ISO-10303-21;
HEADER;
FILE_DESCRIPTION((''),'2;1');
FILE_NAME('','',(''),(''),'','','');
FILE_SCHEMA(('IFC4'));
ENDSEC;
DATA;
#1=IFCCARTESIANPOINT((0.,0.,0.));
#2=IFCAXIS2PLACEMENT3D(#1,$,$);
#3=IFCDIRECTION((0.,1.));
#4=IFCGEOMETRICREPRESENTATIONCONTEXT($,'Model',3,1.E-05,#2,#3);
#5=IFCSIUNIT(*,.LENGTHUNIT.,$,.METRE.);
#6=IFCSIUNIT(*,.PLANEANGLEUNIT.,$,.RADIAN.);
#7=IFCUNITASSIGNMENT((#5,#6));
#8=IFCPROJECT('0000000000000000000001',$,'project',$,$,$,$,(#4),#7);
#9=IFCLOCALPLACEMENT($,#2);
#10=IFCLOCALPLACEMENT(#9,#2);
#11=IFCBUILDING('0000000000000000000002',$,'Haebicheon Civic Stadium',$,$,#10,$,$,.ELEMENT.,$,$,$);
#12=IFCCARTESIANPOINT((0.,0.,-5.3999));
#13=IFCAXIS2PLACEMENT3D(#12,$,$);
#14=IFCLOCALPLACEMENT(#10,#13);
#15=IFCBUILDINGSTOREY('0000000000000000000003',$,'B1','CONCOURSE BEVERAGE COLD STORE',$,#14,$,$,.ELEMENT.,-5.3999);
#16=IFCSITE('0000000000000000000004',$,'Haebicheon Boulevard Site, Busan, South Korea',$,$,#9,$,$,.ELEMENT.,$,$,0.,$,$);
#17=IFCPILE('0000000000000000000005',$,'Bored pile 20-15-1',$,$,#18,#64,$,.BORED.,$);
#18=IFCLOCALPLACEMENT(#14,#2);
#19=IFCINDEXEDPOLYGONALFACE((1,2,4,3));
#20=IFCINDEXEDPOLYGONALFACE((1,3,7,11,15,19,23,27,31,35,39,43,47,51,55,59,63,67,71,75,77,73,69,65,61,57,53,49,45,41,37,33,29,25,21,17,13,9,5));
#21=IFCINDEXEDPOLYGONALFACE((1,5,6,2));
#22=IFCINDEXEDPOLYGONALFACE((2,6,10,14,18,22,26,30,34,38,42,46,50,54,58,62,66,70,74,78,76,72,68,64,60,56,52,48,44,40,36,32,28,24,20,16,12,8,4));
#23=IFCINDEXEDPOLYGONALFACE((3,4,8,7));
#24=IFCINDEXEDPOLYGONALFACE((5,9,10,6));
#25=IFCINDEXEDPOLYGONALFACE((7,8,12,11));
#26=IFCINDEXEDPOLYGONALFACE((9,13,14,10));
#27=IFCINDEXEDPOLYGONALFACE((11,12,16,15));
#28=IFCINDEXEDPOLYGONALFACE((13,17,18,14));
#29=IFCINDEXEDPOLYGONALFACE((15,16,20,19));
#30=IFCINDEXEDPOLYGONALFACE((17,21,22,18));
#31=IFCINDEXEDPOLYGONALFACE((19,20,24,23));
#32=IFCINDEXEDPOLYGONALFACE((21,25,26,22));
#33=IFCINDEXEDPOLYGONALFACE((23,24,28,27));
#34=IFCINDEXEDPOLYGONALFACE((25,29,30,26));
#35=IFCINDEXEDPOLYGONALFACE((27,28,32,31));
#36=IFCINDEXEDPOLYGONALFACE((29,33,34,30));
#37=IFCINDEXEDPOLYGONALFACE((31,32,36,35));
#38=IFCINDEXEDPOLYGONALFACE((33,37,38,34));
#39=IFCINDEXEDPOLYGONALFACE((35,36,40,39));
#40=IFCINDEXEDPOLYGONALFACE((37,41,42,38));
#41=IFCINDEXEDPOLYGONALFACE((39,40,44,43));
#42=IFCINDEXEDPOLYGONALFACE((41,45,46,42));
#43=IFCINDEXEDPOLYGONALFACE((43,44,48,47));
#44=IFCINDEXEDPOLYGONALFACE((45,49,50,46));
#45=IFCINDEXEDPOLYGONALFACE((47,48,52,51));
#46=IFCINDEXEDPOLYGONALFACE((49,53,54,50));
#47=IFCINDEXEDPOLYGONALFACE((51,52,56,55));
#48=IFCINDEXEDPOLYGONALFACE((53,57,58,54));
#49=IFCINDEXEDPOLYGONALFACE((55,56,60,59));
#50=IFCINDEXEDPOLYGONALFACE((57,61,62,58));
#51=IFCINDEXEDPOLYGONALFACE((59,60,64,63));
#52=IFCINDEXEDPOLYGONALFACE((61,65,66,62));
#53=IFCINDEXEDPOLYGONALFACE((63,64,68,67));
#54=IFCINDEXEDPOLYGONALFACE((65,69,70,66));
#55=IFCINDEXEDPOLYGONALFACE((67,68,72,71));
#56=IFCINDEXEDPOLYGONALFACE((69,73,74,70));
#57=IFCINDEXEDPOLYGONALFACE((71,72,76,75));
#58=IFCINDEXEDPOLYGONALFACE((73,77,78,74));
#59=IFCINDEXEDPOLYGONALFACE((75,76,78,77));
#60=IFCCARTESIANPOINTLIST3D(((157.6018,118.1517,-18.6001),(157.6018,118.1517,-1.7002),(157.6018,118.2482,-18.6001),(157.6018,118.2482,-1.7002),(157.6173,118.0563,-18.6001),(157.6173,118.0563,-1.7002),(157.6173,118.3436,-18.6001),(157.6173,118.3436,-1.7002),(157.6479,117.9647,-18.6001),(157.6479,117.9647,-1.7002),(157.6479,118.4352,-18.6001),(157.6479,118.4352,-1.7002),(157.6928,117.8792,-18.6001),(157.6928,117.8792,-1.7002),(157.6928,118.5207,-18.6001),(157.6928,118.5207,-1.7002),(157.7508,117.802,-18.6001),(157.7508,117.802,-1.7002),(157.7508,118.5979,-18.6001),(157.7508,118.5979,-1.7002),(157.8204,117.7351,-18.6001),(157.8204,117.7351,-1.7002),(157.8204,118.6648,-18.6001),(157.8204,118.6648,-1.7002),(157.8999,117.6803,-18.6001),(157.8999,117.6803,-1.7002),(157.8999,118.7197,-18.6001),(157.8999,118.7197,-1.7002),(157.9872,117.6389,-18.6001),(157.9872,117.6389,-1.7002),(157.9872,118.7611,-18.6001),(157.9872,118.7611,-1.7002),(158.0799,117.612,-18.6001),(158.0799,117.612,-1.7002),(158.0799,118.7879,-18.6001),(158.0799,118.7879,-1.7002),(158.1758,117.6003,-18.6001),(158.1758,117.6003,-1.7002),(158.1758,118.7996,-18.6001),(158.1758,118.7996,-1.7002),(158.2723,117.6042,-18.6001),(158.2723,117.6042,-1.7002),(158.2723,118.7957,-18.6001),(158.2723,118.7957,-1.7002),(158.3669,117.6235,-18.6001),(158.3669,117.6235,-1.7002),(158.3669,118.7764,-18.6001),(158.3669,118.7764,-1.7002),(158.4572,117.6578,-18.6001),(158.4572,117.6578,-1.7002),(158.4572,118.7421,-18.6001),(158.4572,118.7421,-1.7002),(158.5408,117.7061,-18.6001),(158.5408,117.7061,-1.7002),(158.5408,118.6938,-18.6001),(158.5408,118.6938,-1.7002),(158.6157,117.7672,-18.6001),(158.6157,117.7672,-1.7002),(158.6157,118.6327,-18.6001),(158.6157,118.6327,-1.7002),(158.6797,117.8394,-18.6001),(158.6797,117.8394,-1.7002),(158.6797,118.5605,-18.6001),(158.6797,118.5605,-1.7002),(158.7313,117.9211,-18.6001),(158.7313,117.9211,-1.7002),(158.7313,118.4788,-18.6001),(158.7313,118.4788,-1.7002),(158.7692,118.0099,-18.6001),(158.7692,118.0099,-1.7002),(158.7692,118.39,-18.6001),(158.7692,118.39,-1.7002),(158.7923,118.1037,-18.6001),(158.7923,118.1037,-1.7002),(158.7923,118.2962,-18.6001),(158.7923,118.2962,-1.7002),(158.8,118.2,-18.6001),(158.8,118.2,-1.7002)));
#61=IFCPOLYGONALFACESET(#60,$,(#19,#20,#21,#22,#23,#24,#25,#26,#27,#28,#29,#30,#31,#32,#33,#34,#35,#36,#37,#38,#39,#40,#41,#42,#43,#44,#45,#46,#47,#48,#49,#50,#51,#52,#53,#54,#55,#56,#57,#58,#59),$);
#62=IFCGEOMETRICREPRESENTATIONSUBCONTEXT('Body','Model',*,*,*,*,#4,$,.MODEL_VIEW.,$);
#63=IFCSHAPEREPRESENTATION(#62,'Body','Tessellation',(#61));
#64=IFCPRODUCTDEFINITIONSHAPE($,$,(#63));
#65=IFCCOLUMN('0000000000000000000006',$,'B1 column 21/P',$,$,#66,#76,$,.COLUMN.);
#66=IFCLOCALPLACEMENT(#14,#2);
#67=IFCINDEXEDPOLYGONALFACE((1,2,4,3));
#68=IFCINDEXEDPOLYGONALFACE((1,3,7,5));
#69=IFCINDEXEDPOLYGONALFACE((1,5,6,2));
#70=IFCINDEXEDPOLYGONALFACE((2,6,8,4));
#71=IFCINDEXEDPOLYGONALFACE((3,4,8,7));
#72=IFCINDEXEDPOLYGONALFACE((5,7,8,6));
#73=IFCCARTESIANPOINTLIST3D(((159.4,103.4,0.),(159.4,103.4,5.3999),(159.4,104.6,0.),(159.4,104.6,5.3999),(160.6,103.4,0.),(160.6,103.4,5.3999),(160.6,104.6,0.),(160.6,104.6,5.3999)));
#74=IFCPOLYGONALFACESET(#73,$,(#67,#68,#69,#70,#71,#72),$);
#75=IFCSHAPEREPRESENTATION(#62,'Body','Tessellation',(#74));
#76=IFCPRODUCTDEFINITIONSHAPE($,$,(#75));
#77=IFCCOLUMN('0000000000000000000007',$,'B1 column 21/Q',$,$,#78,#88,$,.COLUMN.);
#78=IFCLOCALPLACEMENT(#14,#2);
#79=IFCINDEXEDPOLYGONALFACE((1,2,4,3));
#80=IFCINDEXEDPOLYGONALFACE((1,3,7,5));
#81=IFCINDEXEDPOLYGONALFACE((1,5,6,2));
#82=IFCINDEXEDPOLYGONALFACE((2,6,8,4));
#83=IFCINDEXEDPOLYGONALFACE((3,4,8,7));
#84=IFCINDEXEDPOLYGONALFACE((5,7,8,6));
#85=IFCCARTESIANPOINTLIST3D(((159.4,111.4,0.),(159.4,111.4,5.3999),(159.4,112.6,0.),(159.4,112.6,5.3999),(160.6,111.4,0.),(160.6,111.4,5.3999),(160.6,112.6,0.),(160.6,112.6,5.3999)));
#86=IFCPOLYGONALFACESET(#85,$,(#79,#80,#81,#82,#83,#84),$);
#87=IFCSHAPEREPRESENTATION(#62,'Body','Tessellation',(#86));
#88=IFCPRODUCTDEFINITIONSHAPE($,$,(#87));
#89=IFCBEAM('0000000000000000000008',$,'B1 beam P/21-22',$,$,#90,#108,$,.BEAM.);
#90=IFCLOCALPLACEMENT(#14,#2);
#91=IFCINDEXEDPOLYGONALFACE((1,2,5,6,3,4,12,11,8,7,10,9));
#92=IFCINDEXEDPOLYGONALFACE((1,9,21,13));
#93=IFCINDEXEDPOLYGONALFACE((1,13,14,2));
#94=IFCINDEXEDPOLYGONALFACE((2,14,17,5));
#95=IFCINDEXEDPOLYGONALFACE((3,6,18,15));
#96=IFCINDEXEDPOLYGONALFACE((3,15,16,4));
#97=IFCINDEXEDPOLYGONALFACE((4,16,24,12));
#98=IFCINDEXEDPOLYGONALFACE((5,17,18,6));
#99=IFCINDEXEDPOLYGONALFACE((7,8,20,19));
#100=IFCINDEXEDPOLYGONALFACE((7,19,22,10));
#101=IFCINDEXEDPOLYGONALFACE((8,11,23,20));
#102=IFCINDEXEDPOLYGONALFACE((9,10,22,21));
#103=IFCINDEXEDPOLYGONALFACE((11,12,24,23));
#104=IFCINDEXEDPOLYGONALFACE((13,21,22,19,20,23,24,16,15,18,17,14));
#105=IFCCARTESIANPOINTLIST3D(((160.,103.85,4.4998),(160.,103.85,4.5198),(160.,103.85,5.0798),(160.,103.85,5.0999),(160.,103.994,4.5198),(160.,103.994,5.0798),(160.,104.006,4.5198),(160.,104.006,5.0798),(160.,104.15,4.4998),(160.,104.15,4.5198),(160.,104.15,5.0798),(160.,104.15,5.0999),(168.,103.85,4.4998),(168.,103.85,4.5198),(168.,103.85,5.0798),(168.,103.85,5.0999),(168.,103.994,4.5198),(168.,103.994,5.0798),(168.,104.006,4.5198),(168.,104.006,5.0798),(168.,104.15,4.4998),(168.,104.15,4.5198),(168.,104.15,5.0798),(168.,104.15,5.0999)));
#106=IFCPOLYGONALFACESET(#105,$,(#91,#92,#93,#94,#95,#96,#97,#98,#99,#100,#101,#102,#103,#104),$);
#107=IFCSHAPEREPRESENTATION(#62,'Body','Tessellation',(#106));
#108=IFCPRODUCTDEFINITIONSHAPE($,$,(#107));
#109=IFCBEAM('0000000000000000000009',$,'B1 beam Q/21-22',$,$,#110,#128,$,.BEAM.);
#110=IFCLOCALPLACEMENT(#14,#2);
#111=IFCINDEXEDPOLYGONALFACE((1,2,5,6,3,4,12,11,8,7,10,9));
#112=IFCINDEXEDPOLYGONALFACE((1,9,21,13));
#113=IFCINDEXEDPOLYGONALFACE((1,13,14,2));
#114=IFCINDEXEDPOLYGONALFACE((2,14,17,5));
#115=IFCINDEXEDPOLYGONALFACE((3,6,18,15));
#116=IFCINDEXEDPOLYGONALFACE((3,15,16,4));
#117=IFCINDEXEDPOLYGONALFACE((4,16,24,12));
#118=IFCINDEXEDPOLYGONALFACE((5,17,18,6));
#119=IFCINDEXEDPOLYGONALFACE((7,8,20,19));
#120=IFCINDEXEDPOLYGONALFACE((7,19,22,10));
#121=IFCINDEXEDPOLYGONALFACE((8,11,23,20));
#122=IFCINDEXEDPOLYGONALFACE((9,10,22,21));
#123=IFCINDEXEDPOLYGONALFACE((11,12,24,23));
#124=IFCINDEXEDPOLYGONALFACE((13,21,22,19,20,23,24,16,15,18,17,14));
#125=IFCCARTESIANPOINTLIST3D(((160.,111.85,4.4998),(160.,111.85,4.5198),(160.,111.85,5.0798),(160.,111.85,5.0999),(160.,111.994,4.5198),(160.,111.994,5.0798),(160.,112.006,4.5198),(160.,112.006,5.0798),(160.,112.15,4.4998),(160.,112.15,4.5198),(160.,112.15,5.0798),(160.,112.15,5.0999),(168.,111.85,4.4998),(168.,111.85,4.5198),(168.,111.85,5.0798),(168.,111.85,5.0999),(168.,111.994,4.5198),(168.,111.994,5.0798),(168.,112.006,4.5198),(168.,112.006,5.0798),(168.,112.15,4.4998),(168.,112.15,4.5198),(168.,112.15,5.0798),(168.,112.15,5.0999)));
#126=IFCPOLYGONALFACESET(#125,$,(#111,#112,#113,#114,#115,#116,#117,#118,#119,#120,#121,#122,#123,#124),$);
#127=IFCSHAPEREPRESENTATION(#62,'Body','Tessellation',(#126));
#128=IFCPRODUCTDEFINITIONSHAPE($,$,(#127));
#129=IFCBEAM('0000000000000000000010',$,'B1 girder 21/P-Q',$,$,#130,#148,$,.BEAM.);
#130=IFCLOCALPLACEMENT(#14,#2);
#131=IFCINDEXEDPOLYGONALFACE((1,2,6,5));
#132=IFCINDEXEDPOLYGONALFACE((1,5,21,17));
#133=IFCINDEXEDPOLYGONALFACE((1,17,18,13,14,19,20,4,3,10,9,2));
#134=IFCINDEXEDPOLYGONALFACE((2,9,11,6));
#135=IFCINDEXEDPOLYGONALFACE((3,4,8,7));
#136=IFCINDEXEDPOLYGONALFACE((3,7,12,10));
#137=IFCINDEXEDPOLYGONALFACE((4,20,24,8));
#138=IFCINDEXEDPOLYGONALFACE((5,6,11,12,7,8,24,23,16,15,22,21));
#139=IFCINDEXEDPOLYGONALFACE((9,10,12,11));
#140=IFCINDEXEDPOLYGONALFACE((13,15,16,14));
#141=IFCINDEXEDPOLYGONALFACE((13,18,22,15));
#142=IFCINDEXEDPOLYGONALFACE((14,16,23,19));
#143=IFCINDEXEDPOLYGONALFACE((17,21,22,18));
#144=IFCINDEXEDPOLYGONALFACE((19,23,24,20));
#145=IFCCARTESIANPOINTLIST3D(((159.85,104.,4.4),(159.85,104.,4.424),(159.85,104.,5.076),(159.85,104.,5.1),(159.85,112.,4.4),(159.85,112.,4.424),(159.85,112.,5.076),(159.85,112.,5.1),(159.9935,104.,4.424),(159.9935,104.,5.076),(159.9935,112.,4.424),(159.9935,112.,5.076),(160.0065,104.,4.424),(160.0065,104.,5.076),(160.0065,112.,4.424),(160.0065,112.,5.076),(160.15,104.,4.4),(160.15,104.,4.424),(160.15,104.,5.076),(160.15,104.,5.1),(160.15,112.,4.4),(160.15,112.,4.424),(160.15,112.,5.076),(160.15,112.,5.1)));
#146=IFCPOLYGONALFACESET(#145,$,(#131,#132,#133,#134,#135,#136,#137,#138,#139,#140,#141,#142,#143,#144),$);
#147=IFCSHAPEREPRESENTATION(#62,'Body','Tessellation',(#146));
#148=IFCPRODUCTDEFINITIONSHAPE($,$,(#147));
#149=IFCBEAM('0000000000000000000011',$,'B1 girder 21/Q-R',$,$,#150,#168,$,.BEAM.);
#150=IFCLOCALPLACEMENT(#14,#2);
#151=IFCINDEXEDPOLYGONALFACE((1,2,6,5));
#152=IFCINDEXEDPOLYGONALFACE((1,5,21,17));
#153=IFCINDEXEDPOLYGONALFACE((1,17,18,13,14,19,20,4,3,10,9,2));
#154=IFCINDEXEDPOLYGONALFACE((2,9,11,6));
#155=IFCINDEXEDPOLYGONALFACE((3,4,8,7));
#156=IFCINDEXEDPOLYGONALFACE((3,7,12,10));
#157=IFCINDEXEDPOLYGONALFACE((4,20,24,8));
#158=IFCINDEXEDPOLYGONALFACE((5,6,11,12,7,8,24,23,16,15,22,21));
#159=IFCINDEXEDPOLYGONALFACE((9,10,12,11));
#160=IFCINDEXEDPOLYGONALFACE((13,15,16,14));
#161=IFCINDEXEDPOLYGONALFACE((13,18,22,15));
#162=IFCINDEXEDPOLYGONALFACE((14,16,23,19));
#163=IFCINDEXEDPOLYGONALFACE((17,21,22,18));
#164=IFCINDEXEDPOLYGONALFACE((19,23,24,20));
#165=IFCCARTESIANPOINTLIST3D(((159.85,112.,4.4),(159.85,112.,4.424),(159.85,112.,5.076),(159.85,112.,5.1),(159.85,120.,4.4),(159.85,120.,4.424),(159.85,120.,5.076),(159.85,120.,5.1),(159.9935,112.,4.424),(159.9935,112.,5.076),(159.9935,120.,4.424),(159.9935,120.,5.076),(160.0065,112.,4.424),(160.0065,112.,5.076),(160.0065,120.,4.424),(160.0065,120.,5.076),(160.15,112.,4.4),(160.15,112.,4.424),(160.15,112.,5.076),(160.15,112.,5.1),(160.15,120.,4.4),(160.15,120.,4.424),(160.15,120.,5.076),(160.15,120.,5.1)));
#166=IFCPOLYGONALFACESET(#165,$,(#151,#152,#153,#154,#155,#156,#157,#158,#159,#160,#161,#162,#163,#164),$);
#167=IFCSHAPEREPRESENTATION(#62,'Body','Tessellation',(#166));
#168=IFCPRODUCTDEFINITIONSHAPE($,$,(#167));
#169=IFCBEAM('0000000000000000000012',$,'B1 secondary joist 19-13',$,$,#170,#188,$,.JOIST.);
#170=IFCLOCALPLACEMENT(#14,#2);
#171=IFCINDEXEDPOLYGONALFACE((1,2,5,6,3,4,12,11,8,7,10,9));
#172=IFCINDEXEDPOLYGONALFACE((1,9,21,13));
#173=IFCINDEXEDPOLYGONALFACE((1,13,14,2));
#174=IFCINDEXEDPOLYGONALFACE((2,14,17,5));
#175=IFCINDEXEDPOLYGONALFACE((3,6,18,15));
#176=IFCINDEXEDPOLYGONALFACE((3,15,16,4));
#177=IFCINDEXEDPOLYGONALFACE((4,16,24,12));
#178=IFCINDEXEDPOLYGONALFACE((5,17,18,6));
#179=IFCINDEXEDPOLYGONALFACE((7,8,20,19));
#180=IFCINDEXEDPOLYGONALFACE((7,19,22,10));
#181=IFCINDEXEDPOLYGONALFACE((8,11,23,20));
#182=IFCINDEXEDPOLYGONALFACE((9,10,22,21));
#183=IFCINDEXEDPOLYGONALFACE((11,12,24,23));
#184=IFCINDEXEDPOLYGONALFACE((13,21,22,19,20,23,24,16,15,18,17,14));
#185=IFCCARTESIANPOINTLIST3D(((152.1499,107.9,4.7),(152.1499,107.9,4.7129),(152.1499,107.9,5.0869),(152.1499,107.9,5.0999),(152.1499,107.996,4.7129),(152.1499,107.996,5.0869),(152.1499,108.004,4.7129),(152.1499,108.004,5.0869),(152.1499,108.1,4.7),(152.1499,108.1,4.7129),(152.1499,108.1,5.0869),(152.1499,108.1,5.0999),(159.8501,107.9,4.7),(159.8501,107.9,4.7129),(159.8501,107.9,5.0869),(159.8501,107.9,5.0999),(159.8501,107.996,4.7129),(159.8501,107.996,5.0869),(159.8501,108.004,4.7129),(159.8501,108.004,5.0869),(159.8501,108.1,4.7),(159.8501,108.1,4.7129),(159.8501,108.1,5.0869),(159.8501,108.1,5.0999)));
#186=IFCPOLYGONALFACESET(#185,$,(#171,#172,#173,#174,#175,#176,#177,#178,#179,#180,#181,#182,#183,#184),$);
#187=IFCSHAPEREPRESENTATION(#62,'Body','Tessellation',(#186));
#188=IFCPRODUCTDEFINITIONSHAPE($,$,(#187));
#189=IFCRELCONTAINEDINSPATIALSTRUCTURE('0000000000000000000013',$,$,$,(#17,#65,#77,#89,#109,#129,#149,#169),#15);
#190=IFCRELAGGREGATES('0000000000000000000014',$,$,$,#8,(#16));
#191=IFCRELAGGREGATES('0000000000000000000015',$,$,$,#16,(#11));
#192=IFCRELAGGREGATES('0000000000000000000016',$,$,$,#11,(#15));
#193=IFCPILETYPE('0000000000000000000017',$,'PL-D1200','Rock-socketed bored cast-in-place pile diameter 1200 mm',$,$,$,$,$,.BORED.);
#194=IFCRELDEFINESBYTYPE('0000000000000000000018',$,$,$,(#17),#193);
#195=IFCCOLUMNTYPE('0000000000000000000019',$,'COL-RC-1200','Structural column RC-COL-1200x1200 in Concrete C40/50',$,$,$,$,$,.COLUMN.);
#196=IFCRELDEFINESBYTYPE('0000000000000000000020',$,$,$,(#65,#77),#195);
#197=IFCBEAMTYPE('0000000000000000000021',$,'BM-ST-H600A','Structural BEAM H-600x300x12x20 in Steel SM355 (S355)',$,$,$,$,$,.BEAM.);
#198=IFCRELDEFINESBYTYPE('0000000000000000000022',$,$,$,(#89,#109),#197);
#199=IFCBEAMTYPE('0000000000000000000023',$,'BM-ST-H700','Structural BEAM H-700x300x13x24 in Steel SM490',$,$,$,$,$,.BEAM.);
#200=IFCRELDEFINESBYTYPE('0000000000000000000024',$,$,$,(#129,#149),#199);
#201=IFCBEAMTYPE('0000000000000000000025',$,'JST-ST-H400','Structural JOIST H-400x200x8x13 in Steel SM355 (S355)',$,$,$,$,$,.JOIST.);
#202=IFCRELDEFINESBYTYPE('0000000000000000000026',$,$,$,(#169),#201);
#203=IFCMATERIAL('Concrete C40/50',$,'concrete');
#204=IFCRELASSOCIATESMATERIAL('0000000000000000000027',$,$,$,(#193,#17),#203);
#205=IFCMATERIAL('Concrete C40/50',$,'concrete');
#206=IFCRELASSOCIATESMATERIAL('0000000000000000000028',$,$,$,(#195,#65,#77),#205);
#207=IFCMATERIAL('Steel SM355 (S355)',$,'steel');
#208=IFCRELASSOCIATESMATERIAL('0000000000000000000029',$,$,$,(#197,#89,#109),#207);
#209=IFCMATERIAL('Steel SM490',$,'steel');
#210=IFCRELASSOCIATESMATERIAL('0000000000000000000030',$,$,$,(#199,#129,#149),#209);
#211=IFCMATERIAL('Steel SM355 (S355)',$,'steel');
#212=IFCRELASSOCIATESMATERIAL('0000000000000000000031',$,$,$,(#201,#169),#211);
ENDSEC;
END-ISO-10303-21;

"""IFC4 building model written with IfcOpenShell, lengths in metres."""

from ifc_helpers import new_model, si_unit, direction, frame, origin, origin_2d, place, context, subcontext, project, spatial, rectangle, circle, i_section, extrude, material, material_profile, profile_set, type_object, element, save


model = new_model("IFC4")

# Units and contexts
model_context = context("Model", 3, precision=1e-05, world=origin(), true_north=direction((0.0, 1.0)))
body_context = subcontext(model_context, "Body", "Model", "MODEL_VIEW")
ifc_project = project(units=[si_unit("LENGTHUNIT", "METRE"), si_unit("PLANEANGLEUNIT", "RADIAN")], contexts=[model_context])

# Site, building, storey
site_placement = place(None, origin())
site = spatial("IfcSite", under=ifc_project, at=site_placement, Name="Haebicheon Boulevard Site, Busan, South Korea", CompositionType="ELEMENT", RefElevation=0.0)
building_placement = place(site_placement, origin())
building = spatial("IfcBuilding", under=site, at=building_placement, Name="Haebicheon Civic Stadium", CompositionType="ELEMENT")
storey_placement = place(building_placement, frame((0.0, 0.0, -5.3999)))
storey = spatial("IfcBuildingStorey", under=building, at=storey_placement, Name="B1", Description="CONCOURSE BEVERAGE COLD STORE", CompositionType="ELEMENT", Elevation=-5.3999)

# Pile
ifc_material_1 = material(Name="Concrete C40/50", Category="concrete")
ifc_material_profile_1 = material_profile(ifc_material_1, circle(Radius=0.6001, at=origin_2d()), Name="PILE-D1200")
ifc_profile_set_1 = profile_set([ifc_material_profile_1], Name="Concrete C40/50")
pile_type = type_object("IfcPileType", Name="PL-D1200", Description="Rock-socketed bored cast-in-place pile diameter 1200 mm", PredefinedType="BORED", material=ifc_profile_set_1)
for number, where, z_axis, x_axis, name in (
    (1, (158.2, 118.2, -1.7002), (0.0, 0.0, -1.0), (1.0, 0.0, 0.0), "Bored pile 20-15-1"),
):
    element("IfcPile", number, at=place(storey_placement, frame(where, z_axis=z_axis, x_axis=x_axis)), inside=storey, type_object=pile_type, material=ifc_profile_set_1, Name=name, PredefinedType="BORED", context=body_context, shape_type="SweptSolid", body=[
        extrude(circle(Radius=0.6001, at=origin_2d()), origin(), (0.0, 0.0, 1.0), 16.8999),
    ])

# Columns
ifc_material_2 = material(Name="Concrete C40/50", Category="concrete")
ifc_material_profile_2 = material_profile(ifc_material_2, rectangle(XDim=1.2, YDim=1.2, at=origin_2d()), Name="RC-COL-1200x1200")
ifc_profile_set_2 = profile_set([ifc_material_profile_2], Name="Concrete C40/50")
column_type = type_object("IfcColumnType", Name="COL-RC-1200", Description="Structural column RC-COL-1200x1200 in Concrete C40/50", PredefinedType="COLUMN", material=ifc_profile_set_2)
for number, where, z_axis, x_axis, name in (
    (2, (160.0, 104.0, 0.0), (0.0, 0.0, 1.0), (1.0, 0.0, 0.0), "B1 column 21/P"),
    (3, (160.0, 112.0, 0.0), (0.0, 0.0, 1.0), (1.0, 0.0, 0.0), "B1 column 21/Q"),
):
    element("IfcColumn", number, at=place(storey_placement, frame(where, z_axis=z_axis, x_axis=x_axis)), inside=storey, type_object=column_type, material=ifc_profile_set_2, Name=name, PredefinedType="COLUMN", context=body_context, shape_type="SweptSolid", body=[
        extrude(rectangle(XDim=1.2, YDim=1.2, at=origin_2d()), origin(), (0.0, 0.0, 1.0), 5.3999),
    ])

# Beams
ifc_material_3 = material(Name="Steel SM355 (S355)", Category="steel")
ifc_material_profile_3 = material_profile(ifc_material_3, i_section(OverallWidth=0.3, OverallDepth=0.6001, WebThickness=0.012, FlangeThickness=0.02, at=origin_2d()), Name="H-600x300x12x20")
ifc_profile_set_3 = profile_set([ifc_material_profile_3], Name="Steel SM355 (S355)")
beam_type_1 = type_object("IfcBeamType", Name="BM-ST-H600A", Description="Structural BEAM H-600x300x12x20 in Steel SM355 (S355)", PredefinedType="BEAM", material=ifc_profile_set_3)
for number, where, z_axis, x_axis, name in (
    (4, (160.0, 104.0, 4.7998), (1.0, 0.0, 0.0), (0.0, 1.0, 0.0), "B1 beam P/21-22"),
    (5, (160.0, 112.0, 4.7998), (1.0, 0.0, 0.0), (0.0, 1.0, 0.0), "B1 beam Q/21-22"),
):
    element("IfcBeam", number, at=place(storey_placement, frame(where, z_axis=z_axis, x_axis=x_axis)), inside=storey, type_object=beam_type_1, material=ifc_profile_set_3, Name=name, PredefinedType="BEAM", context=body_context, shape_type="SweptSolid", body=[
        extrude(i_section(OverallWidth=0.3, OverallDepth=0.6001, WebThickness=0.012, FlangeThickness=0.02, at=origin_2d()), origin(), (0.0, 0.0, 1.0), 8.0),
    ])
ifc_material_4 = material(Name="Steel SM490", Category="steel")
ifc_material_profile_4 = material_profile(ifc_material_4, i_section(OverallWidth=0.3, OverallDepth=0.7, WebThickness=0.0129, FlangeThickness=0.0239, at=origin_2d()), Name="H-700x300x13x24")
ifc_profile_set_4 = profile_set([ifc_material_profile_4], Name="Steel SM490")
beam_type_2 = type_object("IfcBeamType", Name="BM-ST-H700", Description="Structural BEAM H-700x300x13x24 in Steel SM490", PredefinedType="BEAM", material=ifc_profile_set_4)
for number, where, z_axis, x_axis, name in (
    (6, (160.0, 104.0, 4.75), (0.0, 1.0, 0.0), (-1.0, 0.0, 0.0), "B1 girder 21/P-Q"),
    (7, (160.0, 112.0, 4.75), (0.0, 1.0, 0.0), (-1.0, 0.0, 0.0), "B1 girder 21/Q-R"),
):
    element("IfcBeam", number, at=place(storey_placement, frame(where, z_axis=z_axis, x_axis=x_axis)), inside=storey, type_object=beam_type_2, material=ifc_profile_set_4, Name=name, PredefinedType="BEAM", context=body_context, shape_type="SweptSolid", body=[
        extrude(i_section(OverallWidth=0.3, OverallDepth=0.7, WebThickness=0.0129, FlangeThickness=0.0239, at=origin_2d()), origin(), (0.0, 0.0, 1.0), 8.0),
    ])
ifc_material_5 = material(Name="Steel SM355 (S355)", Category="steel")
ifc_material_profile_5 = material_profile(ifc_material_5, i_section(OverallWidth=0.2, OverallDepth=0.3999, WebThickness=0.0081, FlangeThickness=0.0129, at=origin_2d()), Name="H-400x200x8x13")
ifc_profile_set_5 = profile_set([ifc_material_profile_5], Name="Steel SM355 (S355)")
beam_type_3 = type_object("IfcBeamType", Name="JST-ST-H400", Description="Structural JOIST H-400x200x8x13 in Steel SM355 (S355)", PredefinedType="JOIST", material=ifc_profile_set_5)
for number, where, z_axis, x_axis, name in (
    (8, (152.1499, 108.0, 4.8999), (1.0, 0.0, 0.0), (0.0, 1.0, 0.0), "B1 secondary joist 19-13"),
):
    element("IfcBeam", number, at=place(storey_placement, frame(where, z_axis=z_axis, x_axis=x_axis)), inside=storey, type_object=beam_type_3, material=ifc_profile_set_5, Name=name, PredefinedType="JOIST", context=body_context, shape_type="SweptSolid", body=[
        extrude(i_section(OverallWidth=0.2, OverallDepth=0.3999, WebThickness=0.0081, FlangeThickness=0.0129, at=origin_2d()), origin(), (0.0, 0.0, 1.0), 7.7002),
    ])

save(model, "model.ifc")
